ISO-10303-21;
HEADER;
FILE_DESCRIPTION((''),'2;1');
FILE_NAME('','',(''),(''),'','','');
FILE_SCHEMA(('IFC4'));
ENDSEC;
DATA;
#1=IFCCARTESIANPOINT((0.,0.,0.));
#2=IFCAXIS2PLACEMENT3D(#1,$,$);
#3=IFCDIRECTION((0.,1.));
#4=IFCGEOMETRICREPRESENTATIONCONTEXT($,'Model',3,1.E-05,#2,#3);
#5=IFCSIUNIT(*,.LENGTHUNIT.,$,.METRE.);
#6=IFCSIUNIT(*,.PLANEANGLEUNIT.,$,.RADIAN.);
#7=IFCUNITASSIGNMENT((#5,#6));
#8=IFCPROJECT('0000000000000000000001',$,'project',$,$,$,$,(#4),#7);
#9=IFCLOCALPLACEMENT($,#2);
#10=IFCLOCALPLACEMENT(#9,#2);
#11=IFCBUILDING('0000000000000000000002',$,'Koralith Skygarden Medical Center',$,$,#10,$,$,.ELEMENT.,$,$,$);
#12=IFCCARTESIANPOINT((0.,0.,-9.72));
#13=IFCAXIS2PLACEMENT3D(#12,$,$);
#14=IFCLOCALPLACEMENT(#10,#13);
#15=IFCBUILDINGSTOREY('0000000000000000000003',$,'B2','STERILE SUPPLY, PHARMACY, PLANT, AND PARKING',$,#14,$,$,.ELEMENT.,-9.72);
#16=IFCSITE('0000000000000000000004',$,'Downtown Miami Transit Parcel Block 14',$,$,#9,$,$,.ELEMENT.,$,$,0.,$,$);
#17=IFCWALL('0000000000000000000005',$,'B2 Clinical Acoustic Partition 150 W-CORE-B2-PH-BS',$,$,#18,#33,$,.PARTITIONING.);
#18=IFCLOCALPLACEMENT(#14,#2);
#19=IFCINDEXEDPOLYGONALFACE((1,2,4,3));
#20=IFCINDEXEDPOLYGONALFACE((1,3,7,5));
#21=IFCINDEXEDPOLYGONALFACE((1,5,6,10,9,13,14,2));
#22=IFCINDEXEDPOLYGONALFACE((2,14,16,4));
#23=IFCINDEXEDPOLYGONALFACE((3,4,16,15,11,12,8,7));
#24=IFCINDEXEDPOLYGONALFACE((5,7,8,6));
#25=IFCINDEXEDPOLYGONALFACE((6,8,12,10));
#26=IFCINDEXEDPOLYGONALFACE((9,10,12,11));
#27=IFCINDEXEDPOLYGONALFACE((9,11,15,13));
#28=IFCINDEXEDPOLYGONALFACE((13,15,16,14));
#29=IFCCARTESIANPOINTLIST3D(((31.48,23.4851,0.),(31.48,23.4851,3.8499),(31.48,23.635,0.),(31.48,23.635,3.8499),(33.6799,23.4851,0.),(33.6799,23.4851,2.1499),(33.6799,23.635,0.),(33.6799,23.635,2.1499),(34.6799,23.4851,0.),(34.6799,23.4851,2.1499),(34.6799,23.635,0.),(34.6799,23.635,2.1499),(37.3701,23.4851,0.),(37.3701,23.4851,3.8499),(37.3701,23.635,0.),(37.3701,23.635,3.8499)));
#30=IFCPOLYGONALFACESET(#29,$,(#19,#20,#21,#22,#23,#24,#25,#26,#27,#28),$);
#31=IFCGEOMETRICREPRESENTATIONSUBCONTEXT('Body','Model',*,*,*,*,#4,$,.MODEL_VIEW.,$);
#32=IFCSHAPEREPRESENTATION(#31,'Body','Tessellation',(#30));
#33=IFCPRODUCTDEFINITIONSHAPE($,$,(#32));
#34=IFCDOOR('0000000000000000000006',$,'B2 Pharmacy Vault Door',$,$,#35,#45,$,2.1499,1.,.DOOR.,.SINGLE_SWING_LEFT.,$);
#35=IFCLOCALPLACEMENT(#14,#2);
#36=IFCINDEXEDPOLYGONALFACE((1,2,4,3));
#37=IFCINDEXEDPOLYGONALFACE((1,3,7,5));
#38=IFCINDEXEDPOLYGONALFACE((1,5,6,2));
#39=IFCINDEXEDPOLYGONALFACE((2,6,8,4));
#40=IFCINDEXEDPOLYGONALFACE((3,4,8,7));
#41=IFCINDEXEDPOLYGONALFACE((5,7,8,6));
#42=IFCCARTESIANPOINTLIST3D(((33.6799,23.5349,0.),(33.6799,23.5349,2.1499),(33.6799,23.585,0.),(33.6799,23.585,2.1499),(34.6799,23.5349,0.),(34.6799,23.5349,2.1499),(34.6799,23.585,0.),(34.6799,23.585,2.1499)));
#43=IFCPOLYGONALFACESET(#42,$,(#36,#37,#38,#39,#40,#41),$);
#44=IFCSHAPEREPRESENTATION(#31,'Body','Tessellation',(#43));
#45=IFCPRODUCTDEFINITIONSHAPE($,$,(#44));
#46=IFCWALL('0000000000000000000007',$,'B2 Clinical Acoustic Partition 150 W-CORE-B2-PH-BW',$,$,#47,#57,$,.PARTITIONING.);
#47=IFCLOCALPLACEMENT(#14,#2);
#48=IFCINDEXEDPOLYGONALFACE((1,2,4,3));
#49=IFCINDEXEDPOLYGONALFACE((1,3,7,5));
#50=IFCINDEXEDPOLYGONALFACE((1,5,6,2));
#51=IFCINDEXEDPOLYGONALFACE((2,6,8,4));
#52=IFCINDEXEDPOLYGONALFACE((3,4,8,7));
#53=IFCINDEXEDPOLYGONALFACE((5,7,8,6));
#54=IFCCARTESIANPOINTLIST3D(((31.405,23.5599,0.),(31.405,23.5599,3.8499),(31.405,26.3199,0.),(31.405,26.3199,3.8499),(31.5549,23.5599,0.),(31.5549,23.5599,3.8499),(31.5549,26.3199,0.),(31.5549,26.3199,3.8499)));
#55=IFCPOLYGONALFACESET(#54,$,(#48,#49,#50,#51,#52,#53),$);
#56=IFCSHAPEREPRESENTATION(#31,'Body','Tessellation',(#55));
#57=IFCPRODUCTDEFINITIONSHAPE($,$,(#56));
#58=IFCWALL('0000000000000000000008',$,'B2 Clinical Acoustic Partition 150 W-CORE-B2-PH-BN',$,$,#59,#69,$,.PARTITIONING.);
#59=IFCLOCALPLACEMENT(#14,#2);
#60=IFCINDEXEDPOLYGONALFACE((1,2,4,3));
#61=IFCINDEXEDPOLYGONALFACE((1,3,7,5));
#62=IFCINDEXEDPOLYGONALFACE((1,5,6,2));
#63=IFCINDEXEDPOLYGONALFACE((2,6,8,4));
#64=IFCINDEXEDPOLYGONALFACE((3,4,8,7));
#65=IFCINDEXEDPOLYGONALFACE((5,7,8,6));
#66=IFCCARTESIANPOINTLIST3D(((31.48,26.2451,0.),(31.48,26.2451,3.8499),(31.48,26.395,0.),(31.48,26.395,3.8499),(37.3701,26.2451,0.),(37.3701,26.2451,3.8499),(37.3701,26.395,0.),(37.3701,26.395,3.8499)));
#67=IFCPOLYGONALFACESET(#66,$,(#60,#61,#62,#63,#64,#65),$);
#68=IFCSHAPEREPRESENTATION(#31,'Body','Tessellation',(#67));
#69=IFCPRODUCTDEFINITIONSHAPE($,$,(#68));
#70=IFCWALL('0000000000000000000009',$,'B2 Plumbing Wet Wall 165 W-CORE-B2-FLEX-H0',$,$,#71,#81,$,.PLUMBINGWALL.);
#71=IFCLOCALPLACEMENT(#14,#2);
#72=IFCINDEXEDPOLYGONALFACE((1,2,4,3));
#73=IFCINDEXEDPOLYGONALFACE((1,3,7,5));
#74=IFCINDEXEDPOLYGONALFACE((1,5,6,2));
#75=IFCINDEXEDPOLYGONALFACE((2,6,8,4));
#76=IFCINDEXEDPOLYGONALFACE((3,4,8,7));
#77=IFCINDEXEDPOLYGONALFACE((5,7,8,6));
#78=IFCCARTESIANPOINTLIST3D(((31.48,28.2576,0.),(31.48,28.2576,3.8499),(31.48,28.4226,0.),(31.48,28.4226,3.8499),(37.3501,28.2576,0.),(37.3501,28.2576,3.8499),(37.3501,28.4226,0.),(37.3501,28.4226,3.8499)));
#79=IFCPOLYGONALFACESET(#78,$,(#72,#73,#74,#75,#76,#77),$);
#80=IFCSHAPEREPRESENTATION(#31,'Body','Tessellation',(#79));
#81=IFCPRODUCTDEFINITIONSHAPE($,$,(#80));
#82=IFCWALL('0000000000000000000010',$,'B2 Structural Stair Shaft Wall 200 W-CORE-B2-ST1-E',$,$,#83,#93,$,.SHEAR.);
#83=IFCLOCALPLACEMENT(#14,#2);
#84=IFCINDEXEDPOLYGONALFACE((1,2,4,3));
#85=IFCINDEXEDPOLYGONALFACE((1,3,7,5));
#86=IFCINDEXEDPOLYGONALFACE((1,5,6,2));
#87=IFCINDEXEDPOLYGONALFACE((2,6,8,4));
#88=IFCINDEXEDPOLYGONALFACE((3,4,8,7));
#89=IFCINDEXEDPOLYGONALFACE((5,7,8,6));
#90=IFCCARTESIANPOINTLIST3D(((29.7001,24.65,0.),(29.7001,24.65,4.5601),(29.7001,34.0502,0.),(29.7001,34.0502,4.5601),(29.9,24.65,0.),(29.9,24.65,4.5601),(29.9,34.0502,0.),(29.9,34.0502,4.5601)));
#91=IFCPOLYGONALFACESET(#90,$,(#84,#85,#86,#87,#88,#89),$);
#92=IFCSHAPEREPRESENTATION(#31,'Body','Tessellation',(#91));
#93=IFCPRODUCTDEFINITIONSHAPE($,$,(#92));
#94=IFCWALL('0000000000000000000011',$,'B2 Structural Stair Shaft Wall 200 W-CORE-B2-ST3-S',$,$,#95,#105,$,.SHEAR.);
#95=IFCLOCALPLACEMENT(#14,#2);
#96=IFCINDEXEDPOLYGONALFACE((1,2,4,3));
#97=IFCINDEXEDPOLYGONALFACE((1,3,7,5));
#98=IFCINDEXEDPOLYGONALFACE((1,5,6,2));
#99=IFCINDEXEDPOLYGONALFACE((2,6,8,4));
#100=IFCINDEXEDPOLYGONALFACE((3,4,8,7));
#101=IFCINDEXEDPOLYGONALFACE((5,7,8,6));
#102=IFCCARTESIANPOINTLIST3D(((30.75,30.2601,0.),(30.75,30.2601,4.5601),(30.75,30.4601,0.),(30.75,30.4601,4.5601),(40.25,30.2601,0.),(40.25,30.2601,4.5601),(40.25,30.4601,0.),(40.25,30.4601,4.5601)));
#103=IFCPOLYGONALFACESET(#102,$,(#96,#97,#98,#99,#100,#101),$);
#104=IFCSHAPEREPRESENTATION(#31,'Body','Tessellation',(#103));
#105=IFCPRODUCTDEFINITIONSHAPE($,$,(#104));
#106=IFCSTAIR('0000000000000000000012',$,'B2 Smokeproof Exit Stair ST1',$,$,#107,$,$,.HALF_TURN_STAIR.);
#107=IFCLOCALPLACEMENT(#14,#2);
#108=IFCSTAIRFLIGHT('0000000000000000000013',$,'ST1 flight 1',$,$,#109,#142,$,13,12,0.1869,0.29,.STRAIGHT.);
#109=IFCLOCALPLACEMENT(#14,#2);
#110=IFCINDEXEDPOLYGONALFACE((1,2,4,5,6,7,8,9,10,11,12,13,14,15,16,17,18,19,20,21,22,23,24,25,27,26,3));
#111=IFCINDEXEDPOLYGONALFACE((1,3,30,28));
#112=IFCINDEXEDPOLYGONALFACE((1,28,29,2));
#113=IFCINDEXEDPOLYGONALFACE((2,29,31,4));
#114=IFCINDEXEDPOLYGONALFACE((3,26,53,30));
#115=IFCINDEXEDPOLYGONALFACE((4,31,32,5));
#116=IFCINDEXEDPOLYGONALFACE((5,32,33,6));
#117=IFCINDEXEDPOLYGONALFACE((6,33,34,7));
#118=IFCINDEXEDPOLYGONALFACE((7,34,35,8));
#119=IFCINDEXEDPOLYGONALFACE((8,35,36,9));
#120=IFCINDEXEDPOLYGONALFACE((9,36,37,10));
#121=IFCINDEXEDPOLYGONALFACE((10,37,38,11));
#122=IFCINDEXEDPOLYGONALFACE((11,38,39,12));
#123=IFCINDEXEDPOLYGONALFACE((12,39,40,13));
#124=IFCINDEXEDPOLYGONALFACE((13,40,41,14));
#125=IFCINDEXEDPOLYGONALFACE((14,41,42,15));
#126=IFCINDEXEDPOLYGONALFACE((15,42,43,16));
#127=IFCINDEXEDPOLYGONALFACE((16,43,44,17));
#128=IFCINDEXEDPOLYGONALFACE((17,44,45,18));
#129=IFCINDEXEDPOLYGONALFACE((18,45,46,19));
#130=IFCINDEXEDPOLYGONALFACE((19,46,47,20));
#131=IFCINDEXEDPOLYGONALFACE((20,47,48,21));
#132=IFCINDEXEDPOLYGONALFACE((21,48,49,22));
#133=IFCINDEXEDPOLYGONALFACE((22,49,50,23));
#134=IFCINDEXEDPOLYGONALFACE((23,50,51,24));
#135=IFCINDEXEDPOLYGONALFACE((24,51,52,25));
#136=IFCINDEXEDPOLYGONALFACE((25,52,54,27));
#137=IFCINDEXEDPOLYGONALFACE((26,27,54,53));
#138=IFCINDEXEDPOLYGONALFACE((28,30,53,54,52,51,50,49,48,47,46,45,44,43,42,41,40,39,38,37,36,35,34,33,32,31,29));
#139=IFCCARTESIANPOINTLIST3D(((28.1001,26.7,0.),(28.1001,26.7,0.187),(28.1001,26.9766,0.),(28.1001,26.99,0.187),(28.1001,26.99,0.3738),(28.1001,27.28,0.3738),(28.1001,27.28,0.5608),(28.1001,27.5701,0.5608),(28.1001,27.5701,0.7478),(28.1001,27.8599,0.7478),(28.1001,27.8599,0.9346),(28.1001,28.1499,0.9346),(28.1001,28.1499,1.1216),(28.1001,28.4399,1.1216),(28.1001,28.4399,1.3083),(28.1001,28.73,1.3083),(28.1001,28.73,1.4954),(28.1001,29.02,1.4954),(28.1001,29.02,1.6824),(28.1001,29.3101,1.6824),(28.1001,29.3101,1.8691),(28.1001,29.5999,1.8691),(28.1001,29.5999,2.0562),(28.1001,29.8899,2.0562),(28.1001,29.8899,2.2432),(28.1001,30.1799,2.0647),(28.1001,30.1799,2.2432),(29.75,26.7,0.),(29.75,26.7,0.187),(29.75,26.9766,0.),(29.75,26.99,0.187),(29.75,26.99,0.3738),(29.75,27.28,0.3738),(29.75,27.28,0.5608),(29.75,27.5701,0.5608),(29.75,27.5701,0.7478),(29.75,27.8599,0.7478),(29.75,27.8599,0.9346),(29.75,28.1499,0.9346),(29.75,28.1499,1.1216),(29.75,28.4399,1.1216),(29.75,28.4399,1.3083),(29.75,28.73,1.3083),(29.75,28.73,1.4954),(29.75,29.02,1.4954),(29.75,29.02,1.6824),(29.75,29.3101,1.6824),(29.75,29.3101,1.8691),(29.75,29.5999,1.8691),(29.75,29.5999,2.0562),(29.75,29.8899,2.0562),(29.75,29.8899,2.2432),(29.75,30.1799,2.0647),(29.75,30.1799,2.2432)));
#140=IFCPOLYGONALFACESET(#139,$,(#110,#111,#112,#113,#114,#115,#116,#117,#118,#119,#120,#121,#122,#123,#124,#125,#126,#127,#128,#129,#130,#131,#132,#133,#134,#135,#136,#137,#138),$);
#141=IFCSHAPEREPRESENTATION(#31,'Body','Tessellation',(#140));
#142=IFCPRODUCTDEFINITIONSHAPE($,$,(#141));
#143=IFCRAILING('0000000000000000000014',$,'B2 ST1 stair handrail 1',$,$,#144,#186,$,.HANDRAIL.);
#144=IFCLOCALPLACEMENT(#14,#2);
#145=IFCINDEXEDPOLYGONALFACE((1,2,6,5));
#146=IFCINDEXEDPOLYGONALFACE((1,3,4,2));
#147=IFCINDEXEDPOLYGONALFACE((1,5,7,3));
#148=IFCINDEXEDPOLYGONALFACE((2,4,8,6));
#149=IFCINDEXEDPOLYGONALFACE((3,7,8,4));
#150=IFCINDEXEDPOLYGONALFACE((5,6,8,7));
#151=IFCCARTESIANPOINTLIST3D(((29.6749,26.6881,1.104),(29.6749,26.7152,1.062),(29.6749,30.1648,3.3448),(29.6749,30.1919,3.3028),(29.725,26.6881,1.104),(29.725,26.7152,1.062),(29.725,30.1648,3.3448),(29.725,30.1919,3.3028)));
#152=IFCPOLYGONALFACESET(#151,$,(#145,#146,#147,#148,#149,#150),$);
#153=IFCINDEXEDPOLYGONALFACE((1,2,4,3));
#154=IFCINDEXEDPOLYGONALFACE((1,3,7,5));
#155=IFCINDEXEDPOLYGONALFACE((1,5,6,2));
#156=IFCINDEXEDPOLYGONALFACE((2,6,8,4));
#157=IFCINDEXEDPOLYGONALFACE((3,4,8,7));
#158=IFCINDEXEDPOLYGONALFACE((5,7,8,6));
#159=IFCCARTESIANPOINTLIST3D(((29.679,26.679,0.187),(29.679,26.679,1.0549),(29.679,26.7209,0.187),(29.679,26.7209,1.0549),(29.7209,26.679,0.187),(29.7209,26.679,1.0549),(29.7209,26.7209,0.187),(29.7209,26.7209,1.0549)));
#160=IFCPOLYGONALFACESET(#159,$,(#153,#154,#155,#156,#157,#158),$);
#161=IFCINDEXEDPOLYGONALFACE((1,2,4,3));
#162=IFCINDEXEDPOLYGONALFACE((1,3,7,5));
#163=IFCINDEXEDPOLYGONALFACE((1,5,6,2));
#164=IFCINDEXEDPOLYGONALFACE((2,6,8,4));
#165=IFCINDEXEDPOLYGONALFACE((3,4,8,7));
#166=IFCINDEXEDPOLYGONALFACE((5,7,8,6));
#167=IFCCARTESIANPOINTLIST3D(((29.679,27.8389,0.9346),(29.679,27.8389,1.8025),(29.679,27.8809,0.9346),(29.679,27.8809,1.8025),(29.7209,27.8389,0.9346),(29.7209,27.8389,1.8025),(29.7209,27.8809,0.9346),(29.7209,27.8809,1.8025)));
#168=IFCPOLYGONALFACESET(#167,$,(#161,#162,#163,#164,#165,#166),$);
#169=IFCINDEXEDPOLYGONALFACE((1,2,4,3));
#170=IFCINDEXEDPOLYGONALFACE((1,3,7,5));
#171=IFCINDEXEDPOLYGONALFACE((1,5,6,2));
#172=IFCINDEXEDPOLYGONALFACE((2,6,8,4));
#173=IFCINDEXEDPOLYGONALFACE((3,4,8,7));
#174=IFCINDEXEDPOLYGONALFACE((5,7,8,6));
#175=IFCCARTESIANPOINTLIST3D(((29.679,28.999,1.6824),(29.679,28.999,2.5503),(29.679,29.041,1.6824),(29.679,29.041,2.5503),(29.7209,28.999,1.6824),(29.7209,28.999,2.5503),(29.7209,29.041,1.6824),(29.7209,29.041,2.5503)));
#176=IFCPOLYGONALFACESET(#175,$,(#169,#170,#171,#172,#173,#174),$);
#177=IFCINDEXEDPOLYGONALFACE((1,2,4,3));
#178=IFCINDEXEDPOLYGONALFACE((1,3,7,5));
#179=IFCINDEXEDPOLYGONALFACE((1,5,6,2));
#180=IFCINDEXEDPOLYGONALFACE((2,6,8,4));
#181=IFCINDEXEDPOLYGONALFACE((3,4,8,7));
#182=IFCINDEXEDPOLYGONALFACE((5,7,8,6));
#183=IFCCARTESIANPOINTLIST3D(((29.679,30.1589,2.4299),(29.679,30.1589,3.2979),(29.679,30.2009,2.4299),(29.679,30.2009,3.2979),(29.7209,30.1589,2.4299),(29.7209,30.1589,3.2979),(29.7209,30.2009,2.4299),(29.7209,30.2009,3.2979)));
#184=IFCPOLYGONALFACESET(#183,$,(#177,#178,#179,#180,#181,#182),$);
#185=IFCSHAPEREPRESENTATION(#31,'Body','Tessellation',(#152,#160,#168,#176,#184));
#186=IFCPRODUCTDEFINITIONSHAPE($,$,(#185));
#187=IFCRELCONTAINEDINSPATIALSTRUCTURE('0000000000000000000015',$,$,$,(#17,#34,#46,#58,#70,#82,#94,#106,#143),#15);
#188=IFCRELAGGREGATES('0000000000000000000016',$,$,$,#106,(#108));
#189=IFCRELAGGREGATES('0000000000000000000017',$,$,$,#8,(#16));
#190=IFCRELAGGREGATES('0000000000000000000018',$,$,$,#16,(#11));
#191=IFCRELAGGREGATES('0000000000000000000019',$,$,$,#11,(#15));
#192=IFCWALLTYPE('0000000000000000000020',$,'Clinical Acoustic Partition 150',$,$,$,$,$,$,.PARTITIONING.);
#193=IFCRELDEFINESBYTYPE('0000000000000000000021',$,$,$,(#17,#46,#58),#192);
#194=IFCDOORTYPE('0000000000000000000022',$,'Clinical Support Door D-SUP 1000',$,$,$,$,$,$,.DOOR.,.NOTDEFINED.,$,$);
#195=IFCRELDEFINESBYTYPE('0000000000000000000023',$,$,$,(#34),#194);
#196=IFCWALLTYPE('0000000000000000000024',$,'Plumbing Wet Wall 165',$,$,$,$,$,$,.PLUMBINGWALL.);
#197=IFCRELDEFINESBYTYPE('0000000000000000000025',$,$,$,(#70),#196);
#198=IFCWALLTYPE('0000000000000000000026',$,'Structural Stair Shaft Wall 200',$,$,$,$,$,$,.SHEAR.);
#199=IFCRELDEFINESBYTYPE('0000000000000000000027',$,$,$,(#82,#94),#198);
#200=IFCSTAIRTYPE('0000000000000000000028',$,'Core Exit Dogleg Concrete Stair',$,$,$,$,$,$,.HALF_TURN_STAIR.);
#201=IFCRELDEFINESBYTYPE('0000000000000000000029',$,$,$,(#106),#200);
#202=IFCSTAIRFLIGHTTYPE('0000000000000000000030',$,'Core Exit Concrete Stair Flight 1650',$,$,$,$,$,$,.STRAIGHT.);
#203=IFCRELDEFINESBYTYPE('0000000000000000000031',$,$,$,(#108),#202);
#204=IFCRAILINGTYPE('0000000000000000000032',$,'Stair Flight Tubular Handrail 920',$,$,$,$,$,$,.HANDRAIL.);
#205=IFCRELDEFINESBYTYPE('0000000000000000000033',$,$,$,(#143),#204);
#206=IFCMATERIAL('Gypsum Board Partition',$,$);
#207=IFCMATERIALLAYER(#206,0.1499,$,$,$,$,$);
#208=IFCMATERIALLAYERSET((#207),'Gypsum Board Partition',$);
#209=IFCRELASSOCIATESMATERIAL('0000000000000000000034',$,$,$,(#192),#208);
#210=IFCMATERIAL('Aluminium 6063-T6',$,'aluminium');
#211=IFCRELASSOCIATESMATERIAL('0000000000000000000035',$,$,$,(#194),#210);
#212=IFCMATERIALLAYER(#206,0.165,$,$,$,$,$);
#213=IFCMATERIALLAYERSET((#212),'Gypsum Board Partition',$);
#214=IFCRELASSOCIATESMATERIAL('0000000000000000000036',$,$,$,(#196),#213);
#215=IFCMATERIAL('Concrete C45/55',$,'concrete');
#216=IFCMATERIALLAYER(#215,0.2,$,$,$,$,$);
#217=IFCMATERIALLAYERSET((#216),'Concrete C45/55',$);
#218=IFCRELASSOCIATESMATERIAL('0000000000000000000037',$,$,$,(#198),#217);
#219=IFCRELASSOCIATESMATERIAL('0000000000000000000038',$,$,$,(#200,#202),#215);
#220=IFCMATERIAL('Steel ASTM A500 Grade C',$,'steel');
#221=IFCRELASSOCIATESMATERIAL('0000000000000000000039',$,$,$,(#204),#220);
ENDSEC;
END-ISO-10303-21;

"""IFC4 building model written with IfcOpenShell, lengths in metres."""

from ifc_helpers import new_model, si_unit, direction, frame, frame_2d, origin, origin_2d, place, context, subcontext, project, spatial, polyline, rectangle, outline, extrude, material, layer, layer_set, type_object, element, fill, aggregate, save


model = new_model("IFC4")

# Units and contexts
model_context = context("Model", 3, precision=1e-05, world=origin(), true_north=direction((0.0, 1.0)))
body_context = subcontext(model_context, "Body", "Model", "MODEL_VIEW")
ifc_project = project(units=[si_unit("LENGTHUNIT", "METRE"), si_unit("PLANEANGLEUNIT", "RADIAN")], contexts=[model_context])

# Site, building, storey
site_placement = place(None, origin())
site = spatial("IfcSite", under=ifc_project, at=site_placement, Name="Downtown Miami Transit Parcel Block 14", CompositionType="ELEMENT", RefElevation=0.0)
building_placement = place(site_placement, origin())
building = spatial("IfcBuilding", under=site, at=building_placement, Name="Koralith Skygarden Medical Center", CompositionType="ELEMENT")
storey_placement = place(building_placement, frame((0.0, 0.0, -9.72)))
storey = spatial("IfcBuildingStorey", under=building, at=storey_placement, Name="B2", Description="STERILE SUPPLY, PHARMACY, PLANT, AND PARKING", CompositionType="ELEMENT", Elevation=-9.72)

# Shared definitions
ifc_material_1 = material(Name="Concrete C45/55", Category="concrete")

# Wall, opening, door
ifc_material_2 = material(Name="Gypsum Board Partition")
ifc_layer_1 = layer(ifc_material_2, 0.1499)
ifc_layer_set_1 = layer_set([ifc_layer_1], Name="Gypsum Board Partition")
wall_type_1 = type_object("IfcWallType", Name="Clinical Acoustic Partition 150", PredefinedType="PARTITIONING", material=ifc_layer_set_1)
wall_1_placement = place(storey_placement, frame((31.48, 23.5601, 0.0), z_axis=(0.0, 0.0, 1.0), x_axis=(1.0, 0.0, 0.0)))
wall_1 = element("IfcWall", 1, at=wall_1_placement, inside=storey, type_object=wall_type_1, Name="B2 Clinical Acoustic Partition 150 W-CORE-B2-PH-BS", PredefinedType="PARTITIONING", context=body_context, shape_type="SweptSolid", body=[
    extrude(rectangle(XDim=5.8901, YDim=0.1499, at=frame_2d((2.9451, 0.0))), origin(), (0.0, 0.0, 1.0), 3.8499),
])
opening_1_placement = place(wall_1_placement, frame((2.2, 0.0, 0.0)))
opening_1 = element("IfcOpeningElement", 2, at=opening_1_placement, cuts=wall_1, PredefinedType="OPENING", context=body_context, shape_type="SweptSolid", body=[
    extrude(rectangle(XDim=1.0, YDim=2.1499, at=frame_2d((0.5, 1.075))), frame((0.0, 0.085, 0.0), z_axis=(0.0, -1.0, 0.0), x_axis=(1.0, 0.0, 0.0)), (0.0, 0.0, 1.0), 0.1699),
])
ifc_material_3 = material(Name="Aluminium 6063-T6", Category="aluminium")
door_type_1 = type_object("IfcDoorType", Name="Clinical Support Door D-SUP 1000", OperationType="NOTDEFINED", PredefinedType="DOOR", material=ifc_material_3)
door_1_placement = place(opening_1_placement, origin())
door_1 = element("IfcDoor", 3, at=door_1_placement, inside=storey, type_object=door_type_1, Name="B2 Pharmacy Vault Door", OperationType="SINGLE_SWING_LEFT", OverallHeight=2.1499, OverallWidth=1.0, PredefinedType="DOOR", context=body_context, shape_type="SweptSolid", body=[
    extrude(rectangle(XDim=1.0, YDim=2.1499, at=frame_2d((0.5, 1.075))), frame((0.0, 0.0249, 0.0), z_axis=(0.0, -1.0, 0.0), x_axis=(1.0, 0.0, 0.0)), (0.0, 0.0, 1.0), 0.05),
])
fill(opening_1, door_1)

# Walls
wall_2_placement = place(storey_placement, frame((31.48, 23.5601, 0.0), z_axis=(0.0, 0.0, 1.0), x_axis=(0.0, 1.0, 0.0)))
element("IfcWall", 4, at=wall_2_placement, inside=storey, type_object=wall_type_1, Name="B2 Clinical Acoustic Partition 150 W-CORE-B2-PH-BW", PredefinedType="PARTITIONING", context=body_context, shape_type="SweptSolid", body=[
    extrude(rectangle(XDim=2.76, YDim=0.1499, at=frame_2d((1.3799, 0.0))), origin(), (0.0, 0.0, 1.0), 3.8499),
])
wall_3_placement = place(storey_placement, frame((31.48, 26.3201, 0.0), z_axis=(0.0, 0.0, 1.0), x_axis=(1.0, 0.0, 0.0)))
element("IfcWall", 5, at=wall_3_placement, inside=storey, type_object=wall_type_1, Name="B2 Clinical Acoustic Partition 150 W-CORE-B2-PH-BN", PredefinedType="PARTITIONING", context=body_context, shape_type="SweptSolid", body=[
    extrude(rectangle(XDim=5.8901, YDim=0.1499, at=frame_2d((2.9451, 0.0))), origin(), (0.0, 0.0, 1.0), 3.8499),
])

# Shared definitions
ifc_layer_2 = layer(ifc_material_2, 0.165)
ifc_layer_set_2 = layer_set([ifc_layer_2], Name="Gypsum Board Partition")
wall_type_2 = type_object("IfcWallType", Name="Plumbing Wet Wall 165", PredefinedType="PLUMBINGWALL", material=ifc_layer_set_2)

# Walls
wall_4_placement = place(storey_placement, frame((31.48, 28.3401, 0.0), z_axis=(0.0, 0.0, 1.0), x_axis=(1.0, 0.0, 0.0)))
element("IfcWall", 6, at=wall_4_placement, inside=storey, type_object=wall_type_2, Name="B2 Plumbing Wet Wall 165 W-CORE-B2-FLEX-H0", PredefinedType="PLUMBINGWALL", context=body_context, shape_type="SweptSolid", body=[
    extrude(rectangle(XDim=5.8701, YDim=0.165, at=frame_2d((2.9351, 0.0))), origin(), (0.0, 0.0, 1.0), 3.8499),
])
ifc_layer_3 = layer(ifc_material_1, 0.2)
ifc_layer_set_3 = layer_set([ifc_layer_3], Name="Concrete C45/55")
wall_type_3 = type_object("IfcWallType", Name="Structural Stair Shaft Wall 200", PredefinedType="SHEAR", material=ifc_layer_set_3)
wall_5_placement = place(storey_placement, frame((29.8, 24.6499, 0.0), z_axis=(0.0, 0.0, 1.0), x_axis=(0.0, 1.0, 0.0)))
element("IfcWall", 7, at=wall_5_placement, inside=storey, type_object=wall_type_3, Name="B2 Structural Stair Shaft Wall 200 W-CORE-B2-ST1-E", PredefinedType="SHEAR", context=body_context, shape_type="SweptSolid", body=[
    extrude(rectangle(XDim=9.4001, YDim=0.2, at=frame_2d((4.7002, 0.0))), origin(), (0.0, 0.0, 1.0), 4.5601),
])
wall_6_placement = place(storey_placement, frame((30.75, 30.3601, 0.0), z_axis=(0.0, 0.0, 1.0), x_axis=(1.0, 0.0, 0.0)))
element("IfcWall", 8, at=wall_6_placement, inside=storey, type_object=wall_type_3, Name="B2 Structural Stair Shaft Wall 200 W-CORE-B2-ST3-S", PredefinedType="SHEAR", context=body_context, shape_type="SweptSolid", body=[
    extrude(rectangle(XDim=9.5, YDim=0.2, at=frame_2d((4.75, 0.0))), origin(), (0.0, 0.0, 1.0), 4.5601),
])

# Shared definitions
ifc_material_4 = material(Name="Steel ASTM A500 Grade C", Category="steel")

# Stair, stair flight
stair_type = type_object("IfcStairType", Name="Core Exit Dogleg Concrete Stair", PredefinedType="HALF_TURN_STAIR", material=ifc_material_1)
stair_placement = place(storey_placement, origin())
stair = element("IfcStair", 9, at=stair_placement, inside=storey, type_object=stair_type, Name="B2 Smokeproof Exit Stair ST1", PredefinedType="HALF_TURN_STAIR")
stair_flight_type = type_object("IfcStairFlightType", Name="Core Exit Concrete Stair Flight 1650", PredefinedType="STRAIGHT", material=ifc_material_1)
stair_flight_placement = place(storey_placement, frame((28.925, 26.7, 0.0), z_axis=(0.0, 0.0, 1.0), x_axis=(0.0, 1.0, 0.0)))
stair_flight = element("IfcStairFlight", 10, at=stair_flight_placement, type_object=stair_flight_type, Name="ST1 flight 1", NumberOfRisers=13, NumberOfTreads=12, PredefinedType="STRAIGHT", RiserHeight=0.1869, TreadLength=0.29, context=body_context, shape_type="SweptSolid", body=[
    extrude(outline(polyline([(0.0, 0.0), (0.0, 0.187), (0.29, 0.187), (0.29, 0.3738), (0.5801, 0.3738), (0.5801, 0.5608), (0.8701, 0.5608), (0.8701, 0.7478), (1.1599, 0.7478), (1.1599, 0.9346), (1.45, 0.9346), (1.45, 1.1216), (1.74, 1.1216), (1.74, 1.3083), (2.03, 1.3083), (2.03, 1.4954), (2.3201, 1.4954), (2.3201, 1.6824), (2.6101, 1.6824), (2.6101, 1.8691), (2.8999, 1.8691), (2.8999, 2.0562), (3.1899, 2.0562), (3.1899, 2.2432), (3.48, 2.2432), (3.48, 2.4299), (3.48, 2.0647), (0.2766, 0.0), (0.0, 0.0)])), frame((0.0, 0.825, 0.0), z_axis=(0.0, -1.0, 0.0), x_axis=(1.0, 0.0, 0.0)), (0.0, 0.0, 1.0), 1.6499),
])
aggregate(stair, [stair_flight])

# Railing
railing_type_1 = type_object("IfcRailingType", Name="Stair Flight Tubular Handrail 920", PredefinedType="HANDRAIL", material=ifc_material_4)
railing_1_placement = place(storey_placement, frame((29.7, 26.7, 0.187)))
element("IfcRailing", 11, at=railing_1_placement, inside=storey, type_object=railing_type_1, Name="B2 ST1 stair handrail 1", PredefinedType="HANDRAIL", context=body_context, shape_type="SweptSolid", body=[
    extrude(rectangle(XDim=0.05, YDim=0.05, at=origin_2d()), frame((0.0, 0.0017, 0.896), z_axis=(0.0, 0.840542, 0.541747), x_axis=(-1.0, 0.0, 0.0)), (0.0, 0.0, 1.0), 4.1362),
    extrude(rectangle(XDim=0.042, YDim=0.042, at=origin_2d()), origin(), (0.0, 0.0, 1.0), 0.8679),
    extrude(rectangle(XDim=0.042, YDim=0.042, at=origin_2d()), frame((0.0, 1.1599, 0.7476)), (0.0, 0.0, 1.0), 0.8679),
    extrude(rectangle(XDim=0.042, YDim=0.042, at=origin_2d()), frame((0.0, 2.3201, 1.4954)), (0.0, 0.0, 1.0), 0.8679),
    extrude(rectangle(XDim=0.042, YDim=0.042, at=origin_2d()), frame((0.0, 3.48, 2.2429)), (0.0, 0.0, 1.0), 0.8679),
])

save(model, "model.ifc")
